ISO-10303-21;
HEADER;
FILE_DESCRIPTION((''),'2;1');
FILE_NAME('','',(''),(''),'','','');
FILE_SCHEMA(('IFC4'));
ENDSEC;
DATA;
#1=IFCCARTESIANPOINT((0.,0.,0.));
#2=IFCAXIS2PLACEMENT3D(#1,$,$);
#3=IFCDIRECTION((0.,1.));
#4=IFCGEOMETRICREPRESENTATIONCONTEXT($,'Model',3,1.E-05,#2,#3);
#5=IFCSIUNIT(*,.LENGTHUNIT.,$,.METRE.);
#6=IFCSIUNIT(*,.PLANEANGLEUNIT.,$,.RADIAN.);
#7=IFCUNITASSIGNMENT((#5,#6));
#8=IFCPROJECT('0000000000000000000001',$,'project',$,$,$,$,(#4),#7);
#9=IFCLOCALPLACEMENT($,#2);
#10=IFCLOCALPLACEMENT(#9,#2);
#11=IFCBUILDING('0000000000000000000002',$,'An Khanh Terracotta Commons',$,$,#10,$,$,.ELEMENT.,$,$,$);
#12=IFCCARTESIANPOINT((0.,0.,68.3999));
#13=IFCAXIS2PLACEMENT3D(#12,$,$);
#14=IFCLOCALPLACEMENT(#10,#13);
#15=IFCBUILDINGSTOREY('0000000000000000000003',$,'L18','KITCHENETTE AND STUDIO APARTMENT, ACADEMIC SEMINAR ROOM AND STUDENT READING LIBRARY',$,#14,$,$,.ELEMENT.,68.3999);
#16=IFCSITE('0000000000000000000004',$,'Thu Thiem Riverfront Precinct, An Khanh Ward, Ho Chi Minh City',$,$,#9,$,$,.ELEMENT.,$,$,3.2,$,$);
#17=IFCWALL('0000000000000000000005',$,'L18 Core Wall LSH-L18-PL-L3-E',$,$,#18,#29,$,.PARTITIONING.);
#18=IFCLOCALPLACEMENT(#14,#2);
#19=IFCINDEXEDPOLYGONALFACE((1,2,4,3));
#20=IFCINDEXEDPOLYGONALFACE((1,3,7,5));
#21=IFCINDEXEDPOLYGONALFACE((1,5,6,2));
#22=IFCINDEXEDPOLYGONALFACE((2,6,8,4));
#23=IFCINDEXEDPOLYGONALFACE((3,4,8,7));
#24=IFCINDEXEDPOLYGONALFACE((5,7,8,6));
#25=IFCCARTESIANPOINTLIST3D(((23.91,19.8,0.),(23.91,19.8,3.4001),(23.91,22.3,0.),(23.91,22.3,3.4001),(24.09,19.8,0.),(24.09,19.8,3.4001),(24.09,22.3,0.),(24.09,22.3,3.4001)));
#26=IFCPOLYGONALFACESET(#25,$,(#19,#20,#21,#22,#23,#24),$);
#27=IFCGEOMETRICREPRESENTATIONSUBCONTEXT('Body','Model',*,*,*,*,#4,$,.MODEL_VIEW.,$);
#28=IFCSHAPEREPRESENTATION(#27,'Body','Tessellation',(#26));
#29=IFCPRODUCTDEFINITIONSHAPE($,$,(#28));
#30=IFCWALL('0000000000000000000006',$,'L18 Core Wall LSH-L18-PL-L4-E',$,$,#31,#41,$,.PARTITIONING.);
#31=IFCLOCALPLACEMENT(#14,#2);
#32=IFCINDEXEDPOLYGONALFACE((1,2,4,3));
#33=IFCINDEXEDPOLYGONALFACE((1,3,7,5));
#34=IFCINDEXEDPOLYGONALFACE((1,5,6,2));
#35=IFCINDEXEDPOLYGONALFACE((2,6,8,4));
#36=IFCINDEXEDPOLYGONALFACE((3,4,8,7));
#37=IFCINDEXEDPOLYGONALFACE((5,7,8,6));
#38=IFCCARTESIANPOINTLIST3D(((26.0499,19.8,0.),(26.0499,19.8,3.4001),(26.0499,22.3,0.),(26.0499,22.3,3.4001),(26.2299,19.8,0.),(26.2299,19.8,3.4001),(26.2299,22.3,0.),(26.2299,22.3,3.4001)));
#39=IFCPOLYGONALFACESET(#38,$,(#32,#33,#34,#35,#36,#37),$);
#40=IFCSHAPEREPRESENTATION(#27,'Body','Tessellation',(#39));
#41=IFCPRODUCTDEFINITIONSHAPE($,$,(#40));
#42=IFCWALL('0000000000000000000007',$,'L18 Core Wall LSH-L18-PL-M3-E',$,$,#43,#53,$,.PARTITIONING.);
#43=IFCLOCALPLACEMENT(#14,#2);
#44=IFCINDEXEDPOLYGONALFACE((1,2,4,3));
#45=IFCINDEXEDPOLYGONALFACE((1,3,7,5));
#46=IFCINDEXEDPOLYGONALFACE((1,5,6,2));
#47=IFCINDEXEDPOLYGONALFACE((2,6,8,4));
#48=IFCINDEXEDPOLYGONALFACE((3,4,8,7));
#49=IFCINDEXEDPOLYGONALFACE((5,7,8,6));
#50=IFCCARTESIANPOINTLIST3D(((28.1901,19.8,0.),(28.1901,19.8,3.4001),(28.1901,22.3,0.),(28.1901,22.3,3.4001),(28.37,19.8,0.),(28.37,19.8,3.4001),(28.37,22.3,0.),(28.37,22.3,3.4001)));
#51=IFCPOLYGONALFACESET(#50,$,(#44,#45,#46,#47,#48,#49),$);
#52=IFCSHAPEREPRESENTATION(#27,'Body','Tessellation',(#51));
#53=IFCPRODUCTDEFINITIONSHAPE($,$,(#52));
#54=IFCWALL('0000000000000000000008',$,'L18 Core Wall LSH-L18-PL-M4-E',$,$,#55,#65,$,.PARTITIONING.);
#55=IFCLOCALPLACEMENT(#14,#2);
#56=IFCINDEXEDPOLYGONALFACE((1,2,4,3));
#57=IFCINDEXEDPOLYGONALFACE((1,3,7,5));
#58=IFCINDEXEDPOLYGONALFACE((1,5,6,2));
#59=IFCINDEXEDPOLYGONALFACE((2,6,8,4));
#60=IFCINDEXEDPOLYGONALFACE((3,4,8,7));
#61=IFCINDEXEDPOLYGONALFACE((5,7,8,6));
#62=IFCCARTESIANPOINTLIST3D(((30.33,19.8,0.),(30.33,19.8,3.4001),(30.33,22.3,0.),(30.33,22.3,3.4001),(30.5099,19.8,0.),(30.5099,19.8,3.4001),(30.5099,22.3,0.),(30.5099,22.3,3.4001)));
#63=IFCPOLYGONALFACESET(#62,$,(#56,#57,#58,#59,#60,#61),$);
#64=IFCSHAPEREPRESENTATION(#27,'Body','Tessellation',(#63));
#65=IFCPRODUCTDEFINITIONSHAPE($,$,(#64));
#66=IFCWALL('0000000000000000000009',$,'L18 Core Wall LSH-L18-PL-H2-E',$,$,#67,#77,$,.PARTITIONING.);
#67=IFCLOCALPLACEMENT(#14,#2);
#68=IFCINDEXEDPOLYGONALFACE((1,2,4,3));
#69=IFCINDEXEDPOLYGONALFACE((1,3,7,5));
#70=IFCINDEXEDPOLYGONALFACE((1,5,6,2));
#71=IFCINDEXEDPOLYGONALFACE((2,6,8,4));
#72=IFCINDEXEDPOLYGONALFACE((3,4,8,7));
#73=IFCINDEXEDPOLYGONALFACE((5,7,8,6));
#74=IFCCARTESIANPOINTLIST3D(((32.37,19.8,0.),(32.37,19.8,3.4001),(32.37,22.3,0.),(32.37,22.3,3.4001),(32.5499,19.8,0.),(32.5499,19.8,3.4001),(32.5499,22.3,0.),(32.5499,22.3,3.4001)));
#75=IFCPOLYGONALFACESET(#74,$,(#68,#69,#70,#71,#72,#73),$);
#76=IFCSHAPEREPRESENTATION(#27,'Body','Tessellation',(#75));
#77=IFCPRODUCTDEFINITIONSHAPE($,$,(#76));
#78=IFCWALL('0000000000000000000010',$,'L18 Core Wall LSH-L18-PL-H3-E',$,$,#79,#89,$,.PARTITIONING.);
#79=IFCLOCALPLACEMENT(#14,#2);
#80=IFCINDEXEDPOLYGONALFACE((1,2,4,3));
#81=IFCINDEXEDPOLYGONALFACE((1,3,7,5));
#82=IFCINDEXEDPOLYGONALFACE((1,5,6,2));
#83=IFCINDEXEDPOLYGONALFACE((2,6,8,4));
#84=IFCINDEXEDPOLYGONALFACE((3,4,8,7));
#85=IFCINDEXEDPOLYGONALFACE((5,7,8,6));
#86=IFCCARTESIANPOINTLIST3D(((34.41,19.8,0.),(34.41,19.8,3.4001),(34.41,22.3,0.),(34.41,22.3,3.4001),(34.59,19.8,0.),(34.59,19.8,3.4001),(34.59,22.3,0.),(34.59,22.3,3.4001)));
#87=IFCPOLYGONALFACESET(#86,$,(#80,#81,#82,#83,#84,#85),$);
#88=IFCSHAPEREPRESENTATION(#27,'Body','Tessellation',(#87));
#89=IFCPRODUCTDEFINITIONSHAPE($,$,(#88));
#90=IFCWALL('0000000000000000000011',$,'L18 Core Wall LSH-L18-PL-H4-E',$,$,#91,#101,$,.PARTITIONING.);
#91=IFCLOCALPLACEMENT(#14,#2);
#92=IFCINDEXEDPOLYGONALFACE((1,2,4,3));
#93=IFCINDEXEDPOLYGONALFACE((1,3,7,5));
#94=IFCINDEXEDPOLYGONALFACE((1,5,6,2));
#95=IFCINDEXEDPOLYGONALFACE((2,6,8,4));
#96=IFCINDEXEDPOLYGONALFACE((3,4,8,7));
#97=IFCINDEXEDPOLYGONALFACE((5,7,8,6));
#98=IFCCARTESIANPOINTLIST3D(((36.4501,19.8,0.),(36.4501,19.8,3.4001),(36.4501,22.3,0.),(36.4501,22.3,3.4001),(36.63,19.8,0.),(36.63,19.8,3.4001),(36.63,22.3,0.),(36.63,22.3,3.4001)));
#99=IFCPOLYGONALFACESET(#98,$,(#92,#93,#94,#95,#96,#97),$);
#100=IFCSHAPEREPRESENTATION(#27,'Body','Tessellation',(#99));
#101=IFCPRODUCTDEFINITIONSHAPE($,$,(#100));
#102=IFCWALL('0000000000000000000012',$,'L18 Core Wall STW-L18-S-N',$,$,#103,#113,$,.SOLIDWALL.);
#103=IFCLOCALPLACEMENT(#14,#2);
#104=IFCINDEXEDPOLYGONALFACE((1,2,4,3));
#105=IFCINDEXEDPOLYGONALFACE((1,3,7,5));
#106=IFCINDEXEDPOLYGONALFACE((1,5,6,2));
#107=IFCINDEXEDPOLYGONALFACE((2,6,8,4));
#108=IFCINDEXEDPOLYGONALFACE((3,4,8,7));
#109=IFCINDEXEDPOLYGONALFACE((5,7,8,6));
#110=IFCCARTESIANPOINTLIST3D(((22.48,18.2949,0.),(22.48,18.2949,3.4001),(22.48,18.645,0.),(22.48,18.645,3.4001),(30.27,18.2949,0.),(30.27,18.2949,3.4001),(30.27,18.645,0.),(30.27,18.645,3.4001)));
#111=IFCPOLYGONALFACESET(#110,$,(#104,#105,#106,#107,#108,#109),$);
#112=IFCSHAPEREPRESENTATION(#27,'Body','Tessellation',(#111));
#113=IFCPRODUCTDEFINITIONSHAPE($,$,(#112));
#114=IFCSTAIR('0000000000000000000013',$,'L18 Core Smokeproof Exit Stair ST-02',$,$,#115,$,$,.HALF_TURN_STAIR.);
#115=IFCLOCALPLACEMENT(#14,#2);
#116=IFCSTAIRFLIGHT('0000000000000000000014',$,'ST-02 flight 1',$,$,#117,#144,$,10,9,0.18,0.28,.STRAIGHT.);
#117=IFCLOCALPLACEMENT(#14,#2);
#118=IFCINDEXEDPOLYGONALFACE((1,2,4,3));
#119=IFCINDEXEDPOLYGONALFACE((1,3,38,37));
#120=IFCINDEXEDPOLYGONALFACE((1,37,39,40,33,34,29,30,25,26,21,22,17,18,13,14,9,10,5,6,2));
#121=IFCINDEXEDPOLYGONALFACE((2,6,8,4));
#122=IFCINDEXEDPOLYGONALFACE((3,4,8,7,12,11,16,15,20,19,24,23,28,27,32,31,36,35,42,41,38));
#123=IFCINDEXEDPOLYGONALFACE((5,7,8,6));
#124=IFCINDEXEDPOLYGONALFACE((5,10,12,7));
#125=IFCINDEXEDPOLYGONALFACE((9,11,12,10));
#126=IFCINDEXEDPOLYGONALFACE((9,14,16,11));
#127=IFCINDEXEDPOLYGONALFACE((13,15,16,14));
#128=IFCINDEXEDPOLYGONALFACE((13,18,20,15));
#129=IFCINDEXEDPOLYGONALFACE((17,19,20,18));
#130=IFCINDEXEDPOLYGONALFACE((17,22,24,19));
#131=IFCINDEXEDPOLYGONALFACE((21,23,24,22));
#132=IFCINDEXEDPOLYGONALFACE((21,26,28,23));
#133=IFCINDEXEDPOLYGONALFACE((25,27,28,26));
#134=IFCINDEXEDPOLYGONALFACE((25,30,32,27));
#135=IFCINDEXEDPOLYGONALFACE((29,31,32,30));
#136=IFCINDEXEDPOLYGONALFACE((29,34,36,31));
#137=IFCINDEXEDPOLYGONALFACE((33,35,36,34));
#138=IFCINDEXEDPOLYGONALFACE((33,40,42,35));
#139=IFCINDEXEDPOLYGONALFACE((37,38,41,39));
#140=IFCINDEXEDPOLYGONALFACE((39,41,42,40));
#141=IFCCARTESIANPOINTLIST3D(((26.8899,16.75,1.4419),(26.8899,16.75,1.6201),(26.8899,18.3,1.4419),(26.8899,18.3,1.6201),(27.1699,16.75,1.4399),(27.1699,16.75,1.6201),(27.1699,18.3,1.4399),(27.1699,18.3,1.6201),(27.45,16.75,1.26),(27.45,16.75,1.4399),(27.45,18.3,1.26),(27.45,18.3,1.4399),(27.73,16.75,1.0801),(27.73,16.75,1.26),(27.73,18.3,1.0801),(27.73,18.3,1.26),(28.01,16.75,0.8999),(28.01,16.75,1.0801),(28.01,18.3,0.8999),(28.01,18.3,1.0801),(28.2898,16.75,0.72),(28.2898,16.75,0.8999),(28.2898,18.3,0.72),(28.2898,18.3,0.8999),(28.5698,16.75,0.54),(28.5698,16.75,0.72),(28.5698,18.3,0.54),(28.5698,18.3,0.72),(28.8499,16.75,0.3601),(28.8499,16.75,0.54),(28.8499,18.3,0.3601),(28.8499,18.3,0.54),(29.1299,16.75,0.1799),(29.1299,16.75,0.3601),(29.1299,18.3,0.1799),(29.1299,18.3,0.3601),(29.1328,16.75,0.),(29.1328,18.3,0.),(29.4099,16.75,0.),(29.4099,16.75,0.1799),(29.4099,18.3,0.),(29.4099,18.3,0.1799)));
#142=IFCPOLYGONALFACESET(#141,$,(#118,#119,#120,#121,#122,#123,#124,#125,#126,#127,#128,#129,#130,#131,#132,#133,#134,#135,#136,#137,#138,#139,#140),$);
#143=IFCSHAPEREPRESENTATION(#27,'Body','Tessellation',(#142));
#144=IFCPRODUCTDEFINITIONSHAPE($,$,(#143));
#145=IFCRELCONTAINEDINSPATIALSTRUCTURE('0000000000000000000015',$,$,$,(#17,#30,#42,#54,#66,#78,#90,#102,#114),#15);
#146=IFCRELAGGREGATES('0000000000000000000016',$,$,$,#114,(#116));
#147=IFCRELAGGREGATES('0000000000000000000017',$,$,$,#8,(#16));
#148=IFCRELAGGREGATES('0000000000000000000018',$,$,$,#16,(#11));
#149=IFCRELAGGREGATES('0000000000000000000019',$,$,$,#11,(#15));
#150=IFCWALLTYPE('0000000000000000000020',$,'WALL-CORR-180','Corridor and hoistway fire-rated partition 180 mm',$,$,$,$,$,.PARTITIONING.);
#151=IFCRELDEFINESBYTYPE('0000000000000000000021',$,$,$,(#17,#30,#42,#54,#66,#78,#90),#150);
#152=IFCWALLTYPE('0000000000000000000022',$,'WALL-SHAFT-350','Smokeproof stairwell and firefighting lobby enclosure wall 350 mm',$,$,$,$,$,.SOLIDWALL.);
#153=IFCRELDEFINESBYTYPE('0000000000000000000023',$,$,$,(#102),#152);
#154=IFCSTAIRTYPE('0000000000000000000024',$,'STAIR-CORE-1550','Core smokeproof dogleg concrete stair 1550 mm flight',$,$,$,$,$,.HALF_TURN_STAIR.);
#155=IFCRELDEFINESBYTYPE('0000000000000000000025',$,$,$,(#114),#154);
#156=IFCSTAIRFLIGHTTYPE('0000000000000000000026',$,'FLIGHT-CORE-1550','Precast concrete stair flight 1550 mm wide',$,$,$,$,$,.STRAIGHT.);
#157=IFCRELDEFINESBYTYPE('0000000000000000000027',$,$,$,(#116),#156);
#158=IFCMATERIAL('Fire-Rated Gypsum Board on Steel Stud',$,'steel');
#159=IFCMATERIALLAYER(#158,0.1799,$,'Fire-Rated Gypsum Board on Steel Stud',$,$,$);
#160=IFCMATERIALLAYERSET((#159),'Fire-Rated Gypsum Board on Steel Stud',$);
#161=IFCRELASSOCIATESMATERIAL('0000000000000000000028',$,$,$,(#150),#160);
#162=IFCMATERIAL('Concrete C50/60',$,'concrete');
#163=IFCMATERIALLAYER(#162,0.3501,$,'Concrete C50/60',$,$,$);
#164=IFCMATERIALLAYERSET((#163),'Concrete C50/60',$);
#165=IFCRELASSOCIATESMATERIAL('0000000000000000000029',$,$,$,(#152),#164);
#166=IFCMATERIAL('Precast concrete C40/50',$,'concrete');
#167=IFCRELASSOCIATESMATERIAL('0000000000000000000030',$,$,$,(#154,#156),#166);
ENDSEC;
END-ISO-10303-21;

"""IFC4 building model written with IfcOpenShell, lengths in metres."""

from ifc_helpers import new_model, si_unit, direction, frame, frame_2d, origin, place, context, subcontext, project, spatial, polyline, rectangle, outline, extrude, material, layer, layer_set, type_object, element, aggregate, save


model = new_model("IFC4")

# Units and contexts
model_context = context("Model", 3, precision=1e-05, world=origin(), true_north=direction((0.0, 1.0)))
body_context = subcontext(model_context, "Body", "Model", "MODEL_VIEW")
ifc_project = project(units=[si_unit("LENGTHUNIT", "METRE"), si_unit("PLANEANGLEUNIT", "RADIAN")], contexts=[model_context])

# Site, building, storey
site_placement = place(None, origin())
site = spatial("IfcSite", under=ifc_project, at=site_placement, Name="Thu Thiem Riverfront Precinct, An Khanh Ward, Ho Chi Minh City", CompositionType="ELEMENT", RefElevation=3.2)
building_placement = place(site_placement, origin())
building = spatial("IfcBuilding", under=site, at=building_placement, Name="An Khanh Terracotta Commons", CompositionType="ELEMENT")
storey_placement = place(building_placement, frame((0.0, 0.0, 68.3999)))
storey = spatial("IfcBuildingStorey", under=building, at=storey_placement, Name="L18", Description="KITCHENETTE AND STUDIO APARTMENT, ACADEMIC SEMINAR ROOM AND STUDENT READING LIBRARY", CompositionType="ELEMENT", Elevation=68.3999)

# Shared definitions
ifc_material_1 = material(Name="Fire-Rated Gypsum Board on Steel Stud", Category="steel")
ifc_layer_1 = layer(ifc_material_1, 0.1799, Name="Fire-Rated Gypsum Board on Steel Stud")
ifc_layer_set_1 = layer_set([ifc_layer_1], Name="Fire-Rated Gypsum Board on Steel Stud")
wall_type_1 = type_object("IfcWallType", Name="WALL-CORR-180", Description="Corridor and hoistway fire-rated partition 180 mm", PredefinedType="PARTITIONING", material=ifc_layer_set_1)

# Walls
for number, where, z_axis, x_axis, name in (
    (1, (24.0, 19.8, 0.0), (0.0, 0.0, 1.0), (0.0, 1.0, 0.0), "L18 Core Wall LSH-L18-PL-L3-E"),
    (2, (26.1399, 19.8, 0.0), (0.0, 0.0, 1.0), (0.0, 1.0, 0.0), "L18 Core Wall LSH-L18-PL-L4-E"),
    (3, (28.28, 19.8, 0.0), (0.0, 0.0, 1.0), (0.0, 1.0, 0.0), "L18 Core Wall LSH-L18-PL-M3-E"),
    (4, (30.4199, 19.8, 0.0), (0.0, 0.0, 1.0), (0.0, 1.0, 0.0), "L18 Core Wall LSH-L18-PL-M4-E"),
    (5, (32.46, 19.8, 0.0), (0.0, 0.0, 1.0), (0.0, 1.0, 0.0), "L18 Core Wall LSH-L18-PL-H2-E"),
    (6, (34.5, 19.8, 0.0), (0.0, 0.0, 1.0), (0.0, 1.0, 0.0), "L18 Core Wall LSH-L18-PL-H3-E"),
    (7, (36.54, 19.8, 0.0), (0.0, 0.0, 1.0), (0.0, 1.0, 0.0), "L18 Core Wall LSH-L18-PL-H4-E"),
):
    element("IfcWall", number, at=place(storey_placement, frame(where, z_axis=z_axis, x_axis=x_axis)), inside=storey, type_object=wall_type_1, Name=name, PredefinedType="PARTITIONING", context=body_context, shape_type="SweptSolid", body=[
        extrude(rectangle(XDim=2.5, YDim=0.1799, at=frame_2d((1.25, 0.0))), origin(), (0.0, 0.0, 1.0), 3.4001),
    ])
ifc_material_2 = material(Name="Concrete C50/60", Category="concrete")
ifc_layer_2 = layer(ifc_material_2, 0.3501, Name="Concrete C50/60")
ifc_layer_set_2 = layer_set([ifc_layer_2], Name="Concrete C50/60")
wall_type_2 = type_object("IfcWallType", Name="WALL-SHAFT-350", Description="Smokeproof stairwell and firefighting lobby enclosure wall 350 mm", PredefinedType="SOLIDWALL", material=ifc_layer_set_2)
wall_1_placement = place(storey_placement, frame((22.48, 18.47, 0.0), z_axis=(0.0, 0.0, 1.0), x_axis=(1.0, 0.0, 0.0)))
element("IfcWall", 8, at=wall_1_placement, inside=storey, type_object=wall_type_2, Name="L18 Core Wall STW-L18-S-N", PredefinedType="SOLIDWALL", context=body_context, shape_type="SweptSolid", body=[
    extrude(rectangle(XDim=7.79, YDim=0.3501, at=frame_2d((3.895, 0.0))), origin(), (0.0, 0.0, 1.0), 3.4001),
])

# Stair, stair flight
ifc_material_3 = material(Name="Precast concrete C40/50", Category="concrete")
stair_type = type_object("IfcStairType", Name="STAIR-CORE-1550", Description="Core smokeproof dogleg concrete stair 1550 mm flight", PredefinedType="HALF_TURN_STAIR", material=ifc_material_3)
stair_placement = place(storey_placement, origin())
stair = element("IfcStair", 9, at=stair_placement, inside=storey, type_object=stair_type, Name="L18 Core Smokeproof Exit Stair ST-02", PredefinedType="HALF_TURN_STAIR")
stair_flight_type = type_object("IfcStairFlightType", Name="FLIGHT-CORE-1550", Description="Precast concrete stair flight 1550 mm wide", PredefinedType="STRAIGHT", material=ifc_material_3)
stair_flight_placement = place(storey_placement, frame((29.4099, 17.5249, 0.0), z_axis=(0.0, 0.0, 1.0), x_axis=(-1.0, 0.0, 0.0)))
stair_flight = element("IfcStairFlight", 10, at=stair_flight_placement, type_object=stair_flight_type, Name="ST-02 flight 1", NumberOfRisers=10, NumberOfTreads=9, PredefinedType="STRAIGHT", RiserHeight=0.18, TreadLength=0.28, context=body_context, shape_type="SweptSolid", body=[
    extrude(outline(polyline([(0.0, 0.0), (0.0, 0.1799), (0.28, 0.1799), (0.28, 0.3601), (0.5601, 0.3601), (0.5601, 0.54), (0.8401, 0.54), (0.8401, 0.72), (1.1201, 0.72), (1.1201, 0.8999), (1.3999, 0.8999), (1.3999, 1.0801), (1.6799, 1.0801), (1.6799, 1.26), (1.96, 1.26), (1.96, 1.4399), (2.24, 1.4399), (2.24, 1.6201), (2.52, 1.6201), (2.52, 1.8), (2.52, 1.4419), (0.2771, 0.0), (0.0, 0.0)])), frame((0.0, 0.7749, 0.0), z_axis=(0.0, -1.0, 0.0), x_axis=(1.0, 0.0, 0.0)), (0.0, 0.0, 1.0), 1.55),
])
aggregate(stair, [stair_flight])

save(model, "model.ifc")
